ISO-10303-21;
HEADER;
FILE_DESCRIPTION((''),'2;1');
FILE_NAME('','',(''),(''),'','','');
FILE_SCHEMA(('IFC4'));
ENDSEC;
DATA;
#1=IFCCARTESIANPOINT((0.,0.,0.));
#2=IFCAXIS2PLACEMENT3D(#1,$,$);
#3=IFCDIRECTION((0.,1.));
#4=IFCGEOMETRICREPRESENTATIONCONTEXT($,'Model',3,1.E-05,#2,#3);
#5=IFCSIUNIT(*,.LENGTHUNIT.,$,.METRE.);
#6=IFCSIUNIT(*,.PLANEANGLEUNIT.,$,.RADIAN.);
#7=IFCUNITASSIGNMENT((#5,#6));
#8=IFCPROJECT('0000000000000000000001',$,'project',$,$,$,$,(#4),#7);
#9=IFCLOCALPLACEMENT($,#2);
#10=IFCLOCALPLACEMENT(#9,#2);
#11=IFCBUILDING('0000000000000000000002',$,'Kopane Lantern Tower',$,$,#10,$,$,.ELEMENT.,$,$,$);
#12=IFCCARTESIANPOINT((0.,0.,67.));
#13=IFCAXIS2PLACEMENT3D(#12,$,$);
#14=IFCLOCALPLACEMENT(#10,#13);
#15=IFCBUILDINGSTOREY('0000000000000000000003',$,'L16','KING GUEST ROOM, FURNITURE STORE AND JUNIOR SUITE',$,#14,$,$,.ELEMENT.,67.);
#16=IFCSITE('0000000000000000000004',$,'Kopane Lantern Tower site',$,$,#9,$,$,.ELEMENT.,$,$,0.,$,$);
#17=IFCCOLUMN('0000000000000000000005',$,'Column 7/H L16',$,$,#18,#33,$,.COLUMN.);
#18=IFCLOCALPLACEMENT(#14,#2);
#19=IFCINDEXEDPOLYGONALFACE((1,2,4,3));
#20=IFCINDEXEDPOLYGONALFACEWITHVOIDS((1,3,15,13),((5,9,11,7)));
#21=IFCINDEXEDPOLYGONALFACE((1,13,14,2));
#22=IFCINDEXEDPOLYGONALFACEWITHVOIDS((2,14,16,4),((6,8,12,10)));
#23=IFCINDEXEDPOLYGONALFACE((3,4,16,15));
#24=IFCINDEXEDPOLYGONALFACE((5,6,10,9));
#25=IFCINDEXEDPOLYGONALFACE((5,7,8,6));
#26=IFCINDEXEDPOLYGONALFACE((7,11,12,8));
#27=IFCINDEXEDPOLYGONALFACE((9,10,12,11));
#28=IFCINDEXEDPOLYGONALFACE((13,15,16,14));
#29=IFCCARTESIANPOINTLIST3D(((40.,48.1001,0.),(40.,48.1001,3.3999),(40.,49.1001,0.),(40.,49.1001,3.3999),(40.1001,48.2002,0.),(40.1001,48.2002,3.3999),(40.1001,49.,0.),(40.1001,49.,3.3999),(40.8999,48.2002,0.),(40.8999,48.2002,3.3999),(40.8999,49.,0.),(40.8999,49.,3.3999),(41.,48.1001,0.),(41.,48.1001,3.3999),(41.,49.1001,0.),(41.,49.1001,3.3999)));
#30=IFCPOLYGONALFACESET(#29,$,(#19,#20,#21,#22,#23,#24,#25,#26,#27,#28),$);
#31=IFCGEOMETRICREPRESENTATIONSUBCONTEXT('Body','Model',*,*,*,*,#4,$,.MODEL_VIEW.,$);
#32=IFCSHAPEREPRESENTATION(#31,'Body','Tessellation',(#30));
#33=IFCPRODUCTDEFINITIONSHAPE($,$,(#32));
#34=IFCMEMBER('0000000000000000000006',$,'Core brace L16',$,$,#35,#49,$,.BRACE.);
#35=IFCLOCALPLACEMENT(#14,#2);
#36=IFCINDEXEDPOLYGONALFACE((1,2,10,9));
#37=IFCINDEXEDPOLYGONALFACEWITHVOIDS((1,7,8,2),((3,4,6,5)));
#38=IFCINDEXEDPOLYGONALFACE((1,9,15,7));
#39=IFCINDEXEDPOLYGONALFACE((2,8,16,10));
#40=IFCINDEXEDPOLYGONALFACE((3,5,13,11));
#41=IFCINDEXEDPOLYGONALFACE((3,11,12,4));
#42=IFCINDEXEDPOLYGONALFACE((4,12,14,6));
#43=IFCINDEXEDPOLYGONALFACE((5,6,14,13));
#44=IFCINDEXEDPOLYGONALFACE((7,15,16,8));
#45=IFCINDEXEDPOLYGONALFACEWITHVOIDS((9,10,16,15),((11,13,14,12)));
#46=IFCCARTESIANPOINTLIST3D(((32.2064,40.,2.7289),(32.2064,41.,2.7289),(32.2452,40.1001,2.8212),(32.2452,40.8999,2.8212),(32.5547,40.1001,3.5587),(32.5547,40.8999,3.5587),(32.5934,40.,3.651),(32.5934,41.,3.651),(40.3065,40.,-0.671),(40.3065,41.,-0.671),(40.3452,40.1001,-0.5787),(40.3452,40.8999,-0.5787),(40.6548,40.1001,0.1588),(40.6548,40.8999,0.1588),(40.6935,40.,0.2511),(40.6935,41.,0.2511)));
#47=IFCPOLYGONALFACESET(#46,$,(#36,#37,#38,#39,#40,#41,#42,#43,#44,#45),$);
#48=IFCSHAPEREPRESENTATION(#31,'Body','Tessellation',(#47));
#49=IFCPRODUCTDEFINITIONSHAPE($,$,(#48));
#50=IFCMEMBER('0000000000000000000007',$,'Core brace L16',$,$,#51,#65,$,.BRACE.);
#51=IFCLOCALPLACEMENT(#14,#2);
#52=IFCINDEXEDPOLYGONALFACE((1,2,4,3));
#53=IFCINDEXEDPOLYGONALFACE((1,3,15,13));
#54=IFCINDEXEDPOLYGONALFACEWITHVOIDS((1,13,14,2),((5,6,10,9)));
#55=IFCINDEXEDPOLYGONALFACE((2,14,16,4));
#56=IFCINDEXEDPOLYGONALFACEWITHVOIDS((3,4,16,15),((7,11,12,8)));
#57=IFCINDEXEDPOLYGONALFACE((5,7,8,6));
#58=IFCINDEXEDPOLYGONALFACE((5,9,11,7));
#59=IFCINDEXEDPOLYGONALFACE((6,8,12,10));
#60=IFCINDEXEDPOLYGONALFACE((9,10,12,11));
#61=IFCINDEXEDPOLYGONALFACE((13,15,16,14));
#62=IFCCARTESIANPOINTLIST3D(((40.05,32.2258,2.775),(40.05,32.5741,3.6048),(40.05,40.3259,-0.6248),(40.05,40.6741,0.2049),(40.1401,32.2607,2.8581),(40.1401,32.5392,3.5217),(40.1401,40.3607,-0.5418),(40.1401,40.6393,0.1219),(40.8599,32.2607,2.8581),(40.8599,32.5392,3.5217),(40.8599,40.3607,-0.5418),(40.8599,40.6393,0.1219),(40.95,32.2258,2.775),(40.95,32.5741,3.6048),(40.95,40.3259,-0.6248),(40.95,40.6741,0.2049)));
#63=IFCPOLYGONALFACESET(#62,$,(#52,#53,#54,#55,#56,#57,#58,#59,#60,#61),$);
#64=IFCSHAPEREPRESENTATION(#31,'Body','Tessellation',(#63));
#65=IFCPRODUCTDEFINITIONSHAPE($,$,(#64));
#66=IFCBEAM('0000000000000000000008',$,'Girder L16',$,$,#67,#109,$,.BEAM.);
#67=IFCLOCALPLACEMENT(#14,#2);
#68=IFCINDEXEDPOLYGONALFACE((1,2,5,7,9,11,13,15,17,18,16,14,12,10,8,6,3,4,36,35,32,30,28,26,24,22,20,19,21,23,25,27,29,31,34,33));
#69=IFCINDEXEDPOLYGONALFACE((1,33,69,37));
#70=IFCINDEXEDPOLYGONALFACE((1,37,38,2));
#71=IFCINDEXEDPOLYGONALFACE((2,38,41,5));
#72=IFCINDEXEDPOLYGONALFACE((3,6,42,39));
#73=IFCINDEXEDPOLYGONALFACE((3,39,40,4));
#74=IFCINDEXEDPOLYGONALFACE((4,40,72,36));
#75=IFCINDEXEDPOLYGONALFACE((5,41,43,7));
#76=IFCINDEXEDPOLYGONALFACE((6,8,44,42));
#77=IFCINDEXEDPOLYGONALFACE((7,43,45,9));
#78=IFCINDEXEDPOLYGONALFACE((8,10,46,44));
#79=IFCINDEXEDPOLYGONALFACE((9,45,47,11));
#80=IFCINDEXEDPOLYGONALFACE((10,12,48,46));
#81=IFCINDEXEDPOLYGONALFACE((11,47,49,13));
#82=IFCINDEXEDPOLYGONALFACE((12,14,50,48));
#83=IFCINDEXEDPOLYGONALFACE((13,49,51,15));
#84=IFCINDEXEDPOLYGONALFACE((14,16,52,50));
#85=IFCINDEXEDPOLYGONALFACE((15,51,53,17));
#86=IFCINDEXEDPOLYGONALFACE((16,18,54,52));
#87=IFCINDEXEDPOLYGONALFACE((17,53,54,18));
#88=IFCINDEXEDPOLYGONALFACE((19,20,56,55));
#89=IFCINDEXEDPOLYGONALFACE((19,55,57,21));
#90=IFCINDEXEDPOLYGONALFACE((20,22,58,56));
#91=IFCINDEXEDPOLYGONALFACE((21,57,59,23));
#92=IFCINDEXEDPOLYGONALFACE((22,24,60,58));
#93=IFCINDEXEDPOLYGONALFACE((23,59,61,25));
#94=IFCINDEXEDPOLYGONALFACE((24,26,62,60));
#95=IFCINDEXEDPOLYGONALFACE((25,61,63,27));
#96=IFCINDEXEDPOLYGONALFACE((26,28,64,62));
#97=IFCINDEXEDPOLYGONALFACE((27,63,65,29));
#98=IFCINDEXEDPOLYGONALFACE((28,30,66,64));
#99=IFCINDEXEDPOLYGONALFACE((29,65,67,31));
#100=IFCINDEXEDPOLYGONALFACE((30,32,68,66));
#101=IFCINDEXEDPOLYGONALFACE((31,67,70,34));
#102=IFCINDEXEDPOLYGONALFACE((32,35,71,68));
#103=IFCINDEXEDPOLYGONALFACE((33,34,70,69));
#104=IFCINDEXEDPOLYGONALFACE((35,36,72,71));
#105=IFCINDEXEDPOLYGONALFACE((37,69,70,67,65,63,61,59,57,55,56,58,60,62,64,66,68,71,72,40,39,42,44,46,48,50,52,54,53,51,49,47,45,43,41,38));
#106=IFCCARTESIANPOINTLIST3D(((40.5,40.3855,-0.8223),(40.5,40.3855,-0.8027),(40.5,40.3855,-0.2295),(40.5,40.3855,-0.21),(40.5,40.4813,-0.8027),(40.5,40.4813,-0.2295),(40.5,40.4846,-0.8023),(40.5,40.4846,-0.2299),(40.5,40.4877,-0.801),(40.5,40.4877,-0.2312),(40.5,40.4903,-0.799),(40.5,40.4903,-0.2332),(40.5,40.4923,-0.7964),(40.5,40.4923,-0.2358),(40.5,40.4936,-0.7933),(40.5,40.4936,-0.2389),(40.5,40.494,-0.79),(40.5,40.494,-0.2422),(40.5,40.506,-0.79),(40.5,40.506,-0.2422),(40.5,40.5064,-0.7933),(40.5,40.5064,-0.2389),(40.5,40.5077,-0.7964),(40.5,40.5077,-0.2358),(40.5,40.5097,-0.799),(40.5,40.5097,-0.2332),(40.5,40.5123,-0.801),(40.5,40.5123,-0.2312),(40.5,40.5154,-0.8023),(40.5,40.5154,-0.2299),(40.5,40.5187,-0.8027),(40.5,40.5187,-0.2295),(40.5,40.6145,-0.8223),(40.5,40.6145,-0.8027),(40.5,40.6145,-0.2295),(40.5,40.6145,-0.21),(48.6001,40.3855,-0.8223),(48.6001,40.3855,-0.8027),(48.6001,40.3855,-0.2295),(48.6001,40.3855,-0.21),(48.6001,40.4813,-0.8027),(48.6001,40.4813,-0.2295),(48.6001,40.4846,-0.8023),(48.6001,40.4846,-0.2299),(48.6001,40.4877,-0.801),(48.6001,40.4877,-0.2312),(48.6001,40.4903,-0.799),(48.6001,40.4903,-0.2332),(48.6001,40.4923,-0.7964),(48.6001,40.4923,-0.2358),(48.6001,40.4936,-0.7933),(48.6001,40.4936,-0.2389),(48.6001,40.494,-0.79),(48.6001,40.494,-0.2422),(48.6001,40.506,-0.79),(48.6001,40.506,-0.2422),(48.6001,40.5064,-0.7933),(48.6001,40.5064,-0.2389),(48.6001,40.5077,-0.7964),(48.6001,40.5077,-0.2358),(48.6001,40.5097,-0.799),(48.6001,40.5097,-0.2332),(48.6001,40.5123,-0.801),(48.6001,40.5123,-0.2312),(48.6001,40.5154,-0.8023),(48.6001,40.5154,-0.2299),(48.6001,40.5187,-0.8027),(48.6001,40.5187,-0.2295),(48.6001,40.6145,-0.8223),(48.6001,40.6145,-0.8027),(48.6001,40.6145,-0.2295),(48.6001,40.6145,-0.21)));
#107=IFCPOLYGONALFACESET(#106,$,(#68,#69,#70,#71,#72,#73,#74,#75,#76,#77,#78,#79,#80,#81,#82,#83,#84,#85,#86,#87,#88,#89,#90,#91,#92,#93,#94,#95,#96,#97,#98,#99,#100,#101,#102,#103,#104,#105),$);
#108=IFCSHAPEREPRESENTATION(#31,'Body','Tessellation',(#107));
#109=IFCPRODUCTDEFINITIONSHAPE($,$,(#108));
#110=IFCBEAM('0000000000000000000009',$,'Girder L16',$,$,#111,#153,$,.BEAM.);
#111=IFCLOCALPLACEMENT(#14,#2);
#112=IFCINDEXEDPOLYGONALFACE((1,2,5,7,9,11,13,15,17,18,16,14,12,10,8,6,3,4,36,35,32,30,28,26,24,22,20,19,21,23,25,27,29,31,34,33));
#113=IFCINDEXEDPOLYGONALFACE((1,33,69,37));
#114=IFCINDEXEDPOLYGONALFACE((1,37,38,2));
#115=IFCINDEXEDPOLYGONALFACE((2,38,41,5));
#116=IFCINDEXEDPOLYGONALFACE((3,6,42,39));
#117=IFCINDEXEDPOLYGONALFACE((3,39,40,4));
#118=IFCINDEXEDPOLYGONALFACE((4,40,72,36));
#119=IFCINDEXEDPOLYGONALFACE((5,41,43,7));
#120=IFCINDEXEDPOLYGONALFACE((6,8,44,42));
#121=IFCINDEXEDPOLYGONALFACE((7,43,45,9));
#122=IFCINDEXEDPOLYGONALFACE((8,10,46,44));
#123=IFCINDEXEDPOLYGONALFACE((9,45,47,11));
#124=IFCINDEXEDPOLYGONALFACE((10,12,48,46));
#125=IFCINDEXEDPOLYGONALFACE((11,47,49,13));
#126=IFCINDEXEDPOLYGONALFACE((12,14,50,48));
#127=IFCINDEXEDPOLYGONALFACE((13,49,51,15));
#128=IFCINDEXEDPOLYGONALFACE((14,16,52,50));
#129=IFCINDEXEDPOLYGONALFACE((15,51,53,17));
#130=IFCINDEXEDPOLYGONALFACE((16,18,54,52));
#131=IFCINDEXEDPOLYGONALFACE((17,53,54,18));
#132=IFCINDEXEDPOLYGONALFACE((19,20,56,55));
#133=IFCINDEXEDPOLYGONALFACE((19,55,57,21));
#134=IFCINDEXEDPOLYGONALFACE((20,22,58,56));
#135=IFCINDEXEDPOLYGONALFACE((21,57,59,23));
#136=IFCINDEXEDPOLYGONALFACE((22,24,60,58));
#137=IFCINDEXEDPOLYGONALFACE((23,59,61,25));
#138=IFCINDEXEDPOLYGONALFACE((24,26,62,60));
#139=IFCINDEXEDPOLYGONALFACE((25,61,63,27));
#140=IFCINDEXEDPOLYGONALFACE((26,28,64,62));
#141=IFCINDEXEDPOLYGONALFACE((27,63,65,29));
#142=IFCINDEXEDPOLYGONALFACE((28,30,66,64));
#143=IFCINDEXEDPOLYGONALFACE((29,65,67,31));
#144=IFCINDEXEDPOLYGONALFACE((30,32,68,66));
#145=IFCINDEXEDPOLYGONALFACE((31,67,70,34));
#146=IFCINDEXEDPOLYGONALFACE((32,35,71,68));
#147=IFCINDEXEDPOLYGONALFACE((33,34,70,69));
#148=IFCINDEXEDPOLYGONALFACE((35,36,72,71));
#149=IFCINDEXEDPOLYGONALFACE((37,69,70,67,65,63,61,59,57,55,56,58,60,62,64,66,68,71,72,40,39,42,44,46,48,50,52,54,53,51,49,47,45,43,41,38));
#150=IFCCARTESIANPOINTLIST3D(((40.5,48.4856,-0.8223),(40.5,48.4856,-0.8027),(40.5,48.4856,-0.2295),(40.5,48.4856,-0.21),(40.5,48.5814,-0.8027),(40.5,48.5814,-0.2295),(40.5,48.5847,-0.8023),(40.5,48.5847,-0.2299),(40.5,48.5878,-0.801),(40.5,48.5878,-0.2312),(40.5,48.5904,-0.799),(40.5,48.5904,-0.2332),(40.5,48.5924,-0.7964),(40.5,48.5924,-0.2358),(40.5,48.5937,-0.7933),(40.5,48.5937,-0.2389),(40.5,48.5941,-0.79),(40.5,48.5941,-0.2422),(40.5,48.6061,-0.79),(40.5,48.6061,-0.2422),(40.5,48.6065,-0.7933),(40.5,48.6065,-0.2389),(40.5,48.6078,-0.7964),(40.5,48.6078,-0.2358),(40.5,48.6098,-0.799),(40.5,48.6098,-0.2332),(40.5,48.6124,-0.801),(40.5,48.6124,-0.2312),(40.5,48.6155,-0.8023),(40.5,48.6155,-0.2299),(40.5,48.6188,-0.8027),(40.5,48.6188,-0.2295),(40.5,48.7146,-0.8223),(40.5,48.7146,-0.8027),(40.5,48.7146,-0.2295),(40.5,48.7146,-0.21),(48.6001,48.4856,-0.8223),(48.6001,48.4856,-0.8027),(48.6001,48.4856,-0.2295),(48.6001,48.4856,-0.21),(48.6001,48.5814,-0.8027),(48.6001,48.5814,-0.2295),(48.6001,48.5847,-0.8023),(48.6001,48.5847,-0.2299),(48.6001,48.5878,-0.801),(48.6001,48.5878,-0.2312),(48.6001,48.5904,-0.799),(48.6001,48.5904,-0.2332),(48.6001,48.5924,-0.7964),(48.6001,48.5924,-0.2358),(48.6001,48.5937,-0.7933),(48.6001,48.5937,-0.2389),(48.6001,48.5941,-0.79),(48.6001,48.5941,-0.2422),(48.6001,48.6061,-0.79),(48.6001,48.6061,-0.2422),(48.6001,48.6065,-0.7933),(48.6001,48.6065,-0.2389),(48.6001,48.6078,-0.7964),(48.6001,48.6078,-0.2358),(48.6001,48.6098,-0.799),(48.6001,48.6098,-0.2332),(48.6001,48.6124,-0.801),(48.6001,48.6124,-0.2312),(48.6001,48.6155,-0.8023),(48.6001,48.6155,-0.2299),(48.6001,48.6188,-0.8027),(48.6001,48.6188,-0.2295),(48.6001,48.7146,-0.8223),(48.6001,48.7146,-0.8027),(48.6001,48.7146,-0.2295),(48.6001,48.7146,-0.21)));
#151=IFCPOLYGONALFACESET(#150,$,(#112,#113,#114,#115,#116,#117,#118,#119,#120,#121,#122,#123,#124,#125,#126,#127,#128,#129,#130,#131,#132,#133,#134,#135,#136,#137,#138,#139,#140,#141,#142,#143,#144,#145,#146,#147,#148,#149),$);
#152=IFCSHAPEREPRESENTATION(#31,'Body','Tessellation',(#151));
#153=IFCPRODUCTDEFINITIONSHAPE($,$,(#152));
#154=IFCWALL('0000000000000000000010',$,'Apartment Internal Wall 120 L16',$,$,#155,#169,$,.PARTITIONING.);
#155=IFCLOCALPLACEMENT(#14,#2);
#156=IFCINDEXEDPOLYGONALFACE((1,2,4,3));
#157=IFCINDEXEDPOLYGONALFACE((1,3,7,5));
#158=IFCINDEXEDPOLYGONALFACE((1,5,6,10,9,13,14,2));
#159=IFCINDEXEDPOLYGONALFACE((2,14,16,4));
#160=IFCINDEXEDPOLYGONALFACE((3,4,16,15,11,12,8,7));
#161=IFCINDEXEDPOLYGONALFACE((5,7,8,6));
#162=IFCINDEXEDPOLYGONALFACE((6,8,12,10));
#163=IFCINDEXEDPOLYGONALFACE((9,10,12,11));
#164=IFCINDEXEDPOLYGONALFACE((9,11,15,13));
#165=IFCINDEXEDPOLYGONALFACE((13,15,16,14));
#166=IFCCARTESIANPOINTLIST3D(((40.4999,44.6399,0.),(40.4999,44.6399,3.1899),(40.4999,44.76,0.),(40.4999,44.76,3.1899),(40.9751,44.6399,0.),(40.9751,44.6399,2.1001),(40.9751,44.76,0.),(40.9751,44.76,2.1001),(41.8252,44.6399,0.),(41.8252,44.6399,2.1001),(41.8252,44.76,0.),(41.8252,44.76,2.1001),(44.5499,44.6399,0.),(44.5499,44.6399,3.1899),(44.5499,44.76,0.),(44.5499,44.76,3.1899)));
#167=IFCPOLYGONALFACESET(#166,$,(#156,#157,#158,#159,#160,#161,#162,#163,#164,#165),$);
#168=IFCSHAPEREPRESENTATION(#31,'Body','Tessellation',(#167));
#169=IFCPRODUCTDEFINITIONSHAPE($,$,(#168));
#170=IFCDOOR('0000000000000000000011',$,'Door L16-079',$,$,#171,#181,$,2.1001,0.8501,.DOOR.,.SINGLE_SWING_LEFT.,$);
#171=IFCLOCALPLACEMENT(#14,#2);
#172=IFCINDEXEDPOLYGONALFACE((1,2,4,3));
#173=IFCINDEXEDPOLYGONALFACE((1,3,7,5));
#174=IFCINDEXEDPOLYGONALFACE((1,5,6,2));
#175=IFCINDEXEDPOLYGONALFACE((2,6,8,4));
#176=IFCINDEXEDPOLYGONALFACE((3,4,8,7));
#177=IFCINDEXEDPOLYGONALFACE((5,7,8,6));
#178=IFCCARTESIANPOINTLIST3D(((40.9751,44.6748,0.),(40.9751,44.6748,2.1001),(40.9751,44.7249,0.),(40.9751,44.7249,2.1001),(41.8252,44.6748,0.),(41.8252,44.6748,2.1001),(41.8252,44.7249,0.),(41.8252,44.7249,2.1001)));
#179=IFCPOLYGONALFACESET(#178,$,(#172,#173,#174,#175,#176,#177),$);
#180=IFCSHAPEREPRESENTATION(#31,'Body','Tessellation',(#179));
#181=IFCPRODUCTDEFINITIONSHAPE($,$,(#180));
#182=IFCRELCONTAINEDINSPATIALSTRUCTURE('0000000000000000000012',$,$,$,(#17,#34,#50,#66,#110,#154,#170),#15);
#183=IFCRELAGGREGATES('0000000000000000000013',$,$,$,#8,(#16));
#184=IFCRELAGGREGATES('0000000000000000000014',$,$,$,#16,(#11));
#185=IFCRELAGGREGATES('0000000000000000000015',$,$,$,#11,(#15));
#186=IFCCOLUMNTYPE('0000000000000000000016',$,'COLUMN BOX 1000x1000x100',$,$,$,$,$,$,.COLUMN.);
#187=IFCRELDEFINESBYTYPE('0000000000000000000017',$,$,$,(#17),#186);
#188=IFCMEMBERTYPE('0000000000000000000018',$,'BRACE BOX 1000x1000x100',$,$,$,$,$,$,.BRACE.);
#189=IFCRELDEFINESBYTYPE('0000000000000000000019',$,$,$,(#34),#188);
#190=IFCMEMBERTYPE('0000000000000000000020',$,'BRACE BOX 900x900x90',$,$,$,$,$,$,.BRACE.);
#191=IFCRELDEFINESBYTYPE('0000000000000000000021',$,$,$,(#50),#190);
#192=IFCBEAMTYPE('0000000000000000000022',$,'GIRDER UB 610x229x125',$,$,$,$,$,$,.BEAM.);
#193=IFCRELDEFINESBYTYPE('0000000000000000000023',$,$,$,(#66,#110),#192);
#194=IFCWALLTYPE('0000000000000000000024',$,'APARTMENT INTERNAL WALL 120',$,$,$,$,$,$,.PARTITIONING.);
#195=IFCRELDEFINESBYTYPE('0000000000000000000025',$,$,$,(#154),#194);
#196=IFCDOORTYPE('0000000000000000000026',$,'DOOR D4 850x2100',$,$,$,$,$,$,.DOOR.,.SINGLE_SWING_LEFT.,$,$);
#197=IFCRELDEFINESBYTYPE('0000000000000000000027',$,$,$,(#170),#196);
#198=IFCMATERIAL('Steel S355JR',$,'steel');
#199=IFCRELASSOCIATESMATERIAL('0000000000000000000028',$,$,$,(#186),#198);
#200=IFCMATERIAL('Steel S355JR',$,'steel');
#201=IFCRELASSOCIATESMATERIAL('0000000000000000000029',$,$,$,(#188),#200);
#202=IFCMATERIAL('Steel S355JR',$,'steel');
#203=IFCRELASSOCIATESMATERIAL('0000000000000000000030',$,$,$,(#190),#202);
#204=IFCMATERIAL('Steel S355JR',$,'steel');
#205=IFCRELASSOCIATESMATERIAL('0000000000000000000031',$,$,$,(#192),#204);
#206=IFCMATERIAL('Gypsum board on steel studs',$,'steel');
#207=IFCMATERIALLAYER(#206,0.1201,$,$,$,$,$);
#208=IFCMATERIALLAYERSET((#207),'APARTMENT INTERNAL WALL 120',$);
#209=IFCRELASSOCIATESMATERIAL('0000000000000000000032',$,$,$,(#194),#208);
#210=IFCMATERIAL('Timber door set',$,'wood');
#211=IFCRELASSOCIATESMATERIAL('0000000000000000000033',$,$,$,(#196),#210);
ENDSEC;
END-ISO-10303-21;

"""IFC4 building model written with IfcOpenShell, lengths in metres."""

from ifc_helpers import new_model, si_unit, direction, frame, frame_2d, origin, origin_2d, place, context, subcontext, project, spatial, rectangle, hollow_rectangle, i_section, extrude, material, layer, layer_set, material_profile, profile_set, type_object, element, fill, save


model = new_model("IFC4")

# Units and contexts
model_context = context("Model", 3, precision=1e-05, world=origin(), true_north=direction((0.0, 1.0)))
body_context = subcontext(model_context, "Body", "Model", "MODEL_VIEW")
ifc_project = project(units=[si_unit("LENGTHUNIT", "METRE"), si_unit("PLANEANGLEUNIT", "RADIAN")], contexts=[model_context])

# Site, building, storey
site_placement = place(None, origin())
site = spatial("IfcSite", under=ifc_project, at=site_placement, Name="Kopane Lantern Tower site", CompositionType="ELEMENT", RefElevation=0.0)
building_placement = place(site_placement, origin())
building = spatial("IfcBuilding", under=site, at=building_placement, Name="Kopane Lantern Tower", CompositionType="ELEMENT")
storey_placement = place(building_placement, frame((0.0, 0.0, 67.0)))
storey = spatial("IfcBuildingStorey", under=building, at=storey_placement, Name="L16", Description="KING GUEST ROOM, FURNITURE STORE AND JUNIOR SUITE", CompositionType="ELEMENT", Elevation=67.0)

# Column
ifc_material_1 = material(Name="Steel S355JR", Category="steel")
ifc_material_profile_1 = material_profile(ifc_material_1, hollow_rectangle(XDim=1.0, YDim=1.0, WallThickness=0.1001, at=origin_2d()), Name="BOX 1000x1000x100")
ifc_profile_set_1 = profile_set([ifc_material_profile_1], Name="Steel S355JR")
column_type = type_object("IfcColumnType", Name="COLUMN BOX 1000x1000x100", PredefinedType="COLUMN", material=ifc_profile_set_1)
column_placement = place(storey_placement, frame((40.5, 48.6001, 0.0), z_axis=(0.0, 0.0, 1.0), x_axis=(1.0, 0.0, 0.0)))
element("IfcColumn", 1, at=column_placement, inside=storey, type_object=column_type, Name="Column 7/H L16", PredefinedType="COLUMN", context=body_context, shape_type="SweptSolid", body=[
    extrude(hollow_rectangle(XDim=1.0, YDim=1.0, WallThickness=0.1001, at=origin_2d()), origin(), (0.0, 0.0, 1.0), 3.3999),
])

# Members
ifc_material_2 = material(Name="Steel S355JR", Category="steel")
ifc_material_profile_2 = material_profile(ifc_material_2, hollow_rectangle(XDim=1.0, YDim=1.0, WallThickness=0.1001, at=origin_2d()), Name="BOX 1000x1000x100")
ifc_profile_set_2 = profile_set([ifc_material_profile_2], Name="Steel S355JR")
member_type_1 = type_object("IfcMemberType", Name="BRACE BOX 1000x1000x100", PredefinedType="BRACE", material=ifc_profile_set_2)
member_1_placement = place(storey_placement, frame((40.5, 40.5, -0.21), z_axis=(-0.922069, 0.0, 0.387026), x_axis=(0.0, -1.0, 0.0)))
element("IfcMember", 2, at=member_1_placement, inside=storey, type_object=member_type_1, Name="Core brace L16", PredefinedType="BRACE", context=body_context, shape_type="SweptSolid", body=[
    extrude(hollow_rectangle(XDim=1.0, YDim=1.0, WallThickness=0.1001, at=origin_2d()), origin(), (0.0, 0.0, 1.0), 8.7847),
])
ifc_material_3 = material(Name="Steel S355JR", Category="steel")
ifc_material_profile_3 = material_profile(ifc_material_3, hollow_rectangle(XDim=0.8999, YDim=0.8999, WallThickness=0.0901, at=origin_2d()), Name="BOX 900x900x90")
ifc_profile_set_3 = profile_set([ifc_material_profile_3], Name="Steel S355JR")
member_type_2 = type_object("IfcMemberType", Name="BRACE BOX 900x900x90", PredefinedType="BRACE", material=ifc_profile_set_3)
member_2_placement = place(storey_placement, frame((40.5, 40.5, -0.21), z_axis=(0.0, -0.922069, 0.387026), x_axis=(1.0, 0.0, 0.0)))
element("IfcMember", 3, at=member_2_placement, inside=storey, type_object=member_type_2, Name="Core brace L16", PredefinedType="BRACE", context=body_context, shape_type="SweptSolid", body=[
    extrude(hollow_rectangle(XDim=0.8999, YDim=0.8999, WallThickness=0.0901, at=origin_2d()), origin(), (0.0, 0.0, 1.0), 8.7847),
])

# Beams
ifc_material_4 = material(Name="Steel S355JR", Category="steel")
ifc_material_profile_4 = material_profile(ifc_material_4, i_section(OverallWidth=0.229, OverallDepth=0.6123, WebThickness=0.012, FlangeThickness=0.0195, FilletRadius=0.0127, at=origin_2d()), Name="UB 610x229x125")
ifc_profile_set_4 = profile_set([ifc_material_profile_4], Name="Steel S355JR")
beam_type = type_object("IfcBeamType", Name="GIRDER UB 610x229x125", PredefinedType="BEAM", material=ifc_profile_set_4)
for number, where, z_axis, x_axis, name in (
    (4, (40.5, 40.5, -0.5161), (1.0, 0.0, 0.0), (0.0, 1.0, 0.0), "Girder L16"),
    (5, (40.5, 48.6001, -0.5161), (1.0, 0.0, 0.0), (0.0, 1.0, 0.0), "Girder L16"),
):
    element("IfcBeam", number, at=place(storey_placement, frame(where, z_axis=z_axis, x_axis=x_axis)), inside=storey, type_object=beam_type, Name=name, PredefinedType="BEAM", context=body_context, shape_type="SweptSolid", body=[
        extrude(i_section(OverallWidth=0.229, OverallDepth=0.6123, WebThickness=0.012, FlangeThickness=0.0195, FilletRadius=0.0127, at=origin_2d()), origin(), (0.0, 0.0, 1.0), 8.1001),
    ])

# Wall, opening, door
ifc_material_5 = material(Name="Gypsum board on steel studs", Category="steel")
ifc_layer_1 = layer(ifc_material_5, 0.1201)
ifc_layer_set_1 = layer_set([ifc_layer_1], Name="APARTMENT INTERNAL WALL 120")
wall_type_1 = type_object("IfcWallType", Name="APARTMENT INTERNAL WALL 120", PredefinedType="PARTITIONING", material=ifc_layer_set_1)
wall_1_placement = place(storey_placement, frame((40.5, 44.7, 0.0), z_axis=(0.0, 0.0, 1.0), x_axis=(1.0, 0.0, 0.0)))
wall_1 = element("IfcWall", 6, at=wall_1_placement, inside=storey, type_object=wall_type_1, Name="Apartment Internal Wall 120 L16", PredefinedType="PARTITIONING", context=body_context, shape_type="SweptSolid", body=[
    extrude(rectangle(XDim=4.05, YDim=0.1201, at=frame_2d((2.0249, 0.0))), origin(), (0.0, 0.0, 1.0), 3.1899),
])
opening_1_placement = place(wall_1_placement, frame((0.4751, 0.0, 0.0)))
opening_1 = element("IfcOpeningElement", 7, at=opening_1_placement, cuts=wall_1, PredefinedType="OPENING", context=body_context, shape_type="SweptSolid", body=[
    extrude(rectangle(XDim=0.8501, YDim=2.1001, at=frame_2d((0.425, 1.05))), frame((0.0, 0.0701, 0.0), z_axis=(0.0, -1.0, 0.0), x_axis=(1.0, 0.0, 0.0)), (0.0, 0.0, 1.0), 0.1401),
])
ifc_material_6 = material(Name="Timber door set", Category="wood")
door_type_1 = type_object("IfcDoorType", Name="DOOR D4 850x2100", OperationType="SINGLE_SWING_LEFT", PredefinedType="DOOR", material=ifc_material_6)
door_1_placement = place(opening_1_placement, origin())
door_1 = element("IfcDoor", 8, at=door_1_placement, inside=storey, type_object=door_type_1, Name="Door L16-079", OperationType="SINGLE_SWING_LEFT", OverallHeight=2.1001, OverallWidth=0.8501, PredefinedType="DOOR", context=body_context, shape_type="SweptSolid", body=[
    extrude(rectangle(XDim=0.8501, YDim=2.1001, at=frame_2d((0.425, 1.05))), frame((0.0, 0.0249, 0.0), z_axis=(0.0, -1.0, 0.0), x_axis=(1.0, 0.0, 0.0)), (0.0, 0.0, 1.0), 0.05),
])
fill(opening_1, door_1)

save(model, "model.ifc")
